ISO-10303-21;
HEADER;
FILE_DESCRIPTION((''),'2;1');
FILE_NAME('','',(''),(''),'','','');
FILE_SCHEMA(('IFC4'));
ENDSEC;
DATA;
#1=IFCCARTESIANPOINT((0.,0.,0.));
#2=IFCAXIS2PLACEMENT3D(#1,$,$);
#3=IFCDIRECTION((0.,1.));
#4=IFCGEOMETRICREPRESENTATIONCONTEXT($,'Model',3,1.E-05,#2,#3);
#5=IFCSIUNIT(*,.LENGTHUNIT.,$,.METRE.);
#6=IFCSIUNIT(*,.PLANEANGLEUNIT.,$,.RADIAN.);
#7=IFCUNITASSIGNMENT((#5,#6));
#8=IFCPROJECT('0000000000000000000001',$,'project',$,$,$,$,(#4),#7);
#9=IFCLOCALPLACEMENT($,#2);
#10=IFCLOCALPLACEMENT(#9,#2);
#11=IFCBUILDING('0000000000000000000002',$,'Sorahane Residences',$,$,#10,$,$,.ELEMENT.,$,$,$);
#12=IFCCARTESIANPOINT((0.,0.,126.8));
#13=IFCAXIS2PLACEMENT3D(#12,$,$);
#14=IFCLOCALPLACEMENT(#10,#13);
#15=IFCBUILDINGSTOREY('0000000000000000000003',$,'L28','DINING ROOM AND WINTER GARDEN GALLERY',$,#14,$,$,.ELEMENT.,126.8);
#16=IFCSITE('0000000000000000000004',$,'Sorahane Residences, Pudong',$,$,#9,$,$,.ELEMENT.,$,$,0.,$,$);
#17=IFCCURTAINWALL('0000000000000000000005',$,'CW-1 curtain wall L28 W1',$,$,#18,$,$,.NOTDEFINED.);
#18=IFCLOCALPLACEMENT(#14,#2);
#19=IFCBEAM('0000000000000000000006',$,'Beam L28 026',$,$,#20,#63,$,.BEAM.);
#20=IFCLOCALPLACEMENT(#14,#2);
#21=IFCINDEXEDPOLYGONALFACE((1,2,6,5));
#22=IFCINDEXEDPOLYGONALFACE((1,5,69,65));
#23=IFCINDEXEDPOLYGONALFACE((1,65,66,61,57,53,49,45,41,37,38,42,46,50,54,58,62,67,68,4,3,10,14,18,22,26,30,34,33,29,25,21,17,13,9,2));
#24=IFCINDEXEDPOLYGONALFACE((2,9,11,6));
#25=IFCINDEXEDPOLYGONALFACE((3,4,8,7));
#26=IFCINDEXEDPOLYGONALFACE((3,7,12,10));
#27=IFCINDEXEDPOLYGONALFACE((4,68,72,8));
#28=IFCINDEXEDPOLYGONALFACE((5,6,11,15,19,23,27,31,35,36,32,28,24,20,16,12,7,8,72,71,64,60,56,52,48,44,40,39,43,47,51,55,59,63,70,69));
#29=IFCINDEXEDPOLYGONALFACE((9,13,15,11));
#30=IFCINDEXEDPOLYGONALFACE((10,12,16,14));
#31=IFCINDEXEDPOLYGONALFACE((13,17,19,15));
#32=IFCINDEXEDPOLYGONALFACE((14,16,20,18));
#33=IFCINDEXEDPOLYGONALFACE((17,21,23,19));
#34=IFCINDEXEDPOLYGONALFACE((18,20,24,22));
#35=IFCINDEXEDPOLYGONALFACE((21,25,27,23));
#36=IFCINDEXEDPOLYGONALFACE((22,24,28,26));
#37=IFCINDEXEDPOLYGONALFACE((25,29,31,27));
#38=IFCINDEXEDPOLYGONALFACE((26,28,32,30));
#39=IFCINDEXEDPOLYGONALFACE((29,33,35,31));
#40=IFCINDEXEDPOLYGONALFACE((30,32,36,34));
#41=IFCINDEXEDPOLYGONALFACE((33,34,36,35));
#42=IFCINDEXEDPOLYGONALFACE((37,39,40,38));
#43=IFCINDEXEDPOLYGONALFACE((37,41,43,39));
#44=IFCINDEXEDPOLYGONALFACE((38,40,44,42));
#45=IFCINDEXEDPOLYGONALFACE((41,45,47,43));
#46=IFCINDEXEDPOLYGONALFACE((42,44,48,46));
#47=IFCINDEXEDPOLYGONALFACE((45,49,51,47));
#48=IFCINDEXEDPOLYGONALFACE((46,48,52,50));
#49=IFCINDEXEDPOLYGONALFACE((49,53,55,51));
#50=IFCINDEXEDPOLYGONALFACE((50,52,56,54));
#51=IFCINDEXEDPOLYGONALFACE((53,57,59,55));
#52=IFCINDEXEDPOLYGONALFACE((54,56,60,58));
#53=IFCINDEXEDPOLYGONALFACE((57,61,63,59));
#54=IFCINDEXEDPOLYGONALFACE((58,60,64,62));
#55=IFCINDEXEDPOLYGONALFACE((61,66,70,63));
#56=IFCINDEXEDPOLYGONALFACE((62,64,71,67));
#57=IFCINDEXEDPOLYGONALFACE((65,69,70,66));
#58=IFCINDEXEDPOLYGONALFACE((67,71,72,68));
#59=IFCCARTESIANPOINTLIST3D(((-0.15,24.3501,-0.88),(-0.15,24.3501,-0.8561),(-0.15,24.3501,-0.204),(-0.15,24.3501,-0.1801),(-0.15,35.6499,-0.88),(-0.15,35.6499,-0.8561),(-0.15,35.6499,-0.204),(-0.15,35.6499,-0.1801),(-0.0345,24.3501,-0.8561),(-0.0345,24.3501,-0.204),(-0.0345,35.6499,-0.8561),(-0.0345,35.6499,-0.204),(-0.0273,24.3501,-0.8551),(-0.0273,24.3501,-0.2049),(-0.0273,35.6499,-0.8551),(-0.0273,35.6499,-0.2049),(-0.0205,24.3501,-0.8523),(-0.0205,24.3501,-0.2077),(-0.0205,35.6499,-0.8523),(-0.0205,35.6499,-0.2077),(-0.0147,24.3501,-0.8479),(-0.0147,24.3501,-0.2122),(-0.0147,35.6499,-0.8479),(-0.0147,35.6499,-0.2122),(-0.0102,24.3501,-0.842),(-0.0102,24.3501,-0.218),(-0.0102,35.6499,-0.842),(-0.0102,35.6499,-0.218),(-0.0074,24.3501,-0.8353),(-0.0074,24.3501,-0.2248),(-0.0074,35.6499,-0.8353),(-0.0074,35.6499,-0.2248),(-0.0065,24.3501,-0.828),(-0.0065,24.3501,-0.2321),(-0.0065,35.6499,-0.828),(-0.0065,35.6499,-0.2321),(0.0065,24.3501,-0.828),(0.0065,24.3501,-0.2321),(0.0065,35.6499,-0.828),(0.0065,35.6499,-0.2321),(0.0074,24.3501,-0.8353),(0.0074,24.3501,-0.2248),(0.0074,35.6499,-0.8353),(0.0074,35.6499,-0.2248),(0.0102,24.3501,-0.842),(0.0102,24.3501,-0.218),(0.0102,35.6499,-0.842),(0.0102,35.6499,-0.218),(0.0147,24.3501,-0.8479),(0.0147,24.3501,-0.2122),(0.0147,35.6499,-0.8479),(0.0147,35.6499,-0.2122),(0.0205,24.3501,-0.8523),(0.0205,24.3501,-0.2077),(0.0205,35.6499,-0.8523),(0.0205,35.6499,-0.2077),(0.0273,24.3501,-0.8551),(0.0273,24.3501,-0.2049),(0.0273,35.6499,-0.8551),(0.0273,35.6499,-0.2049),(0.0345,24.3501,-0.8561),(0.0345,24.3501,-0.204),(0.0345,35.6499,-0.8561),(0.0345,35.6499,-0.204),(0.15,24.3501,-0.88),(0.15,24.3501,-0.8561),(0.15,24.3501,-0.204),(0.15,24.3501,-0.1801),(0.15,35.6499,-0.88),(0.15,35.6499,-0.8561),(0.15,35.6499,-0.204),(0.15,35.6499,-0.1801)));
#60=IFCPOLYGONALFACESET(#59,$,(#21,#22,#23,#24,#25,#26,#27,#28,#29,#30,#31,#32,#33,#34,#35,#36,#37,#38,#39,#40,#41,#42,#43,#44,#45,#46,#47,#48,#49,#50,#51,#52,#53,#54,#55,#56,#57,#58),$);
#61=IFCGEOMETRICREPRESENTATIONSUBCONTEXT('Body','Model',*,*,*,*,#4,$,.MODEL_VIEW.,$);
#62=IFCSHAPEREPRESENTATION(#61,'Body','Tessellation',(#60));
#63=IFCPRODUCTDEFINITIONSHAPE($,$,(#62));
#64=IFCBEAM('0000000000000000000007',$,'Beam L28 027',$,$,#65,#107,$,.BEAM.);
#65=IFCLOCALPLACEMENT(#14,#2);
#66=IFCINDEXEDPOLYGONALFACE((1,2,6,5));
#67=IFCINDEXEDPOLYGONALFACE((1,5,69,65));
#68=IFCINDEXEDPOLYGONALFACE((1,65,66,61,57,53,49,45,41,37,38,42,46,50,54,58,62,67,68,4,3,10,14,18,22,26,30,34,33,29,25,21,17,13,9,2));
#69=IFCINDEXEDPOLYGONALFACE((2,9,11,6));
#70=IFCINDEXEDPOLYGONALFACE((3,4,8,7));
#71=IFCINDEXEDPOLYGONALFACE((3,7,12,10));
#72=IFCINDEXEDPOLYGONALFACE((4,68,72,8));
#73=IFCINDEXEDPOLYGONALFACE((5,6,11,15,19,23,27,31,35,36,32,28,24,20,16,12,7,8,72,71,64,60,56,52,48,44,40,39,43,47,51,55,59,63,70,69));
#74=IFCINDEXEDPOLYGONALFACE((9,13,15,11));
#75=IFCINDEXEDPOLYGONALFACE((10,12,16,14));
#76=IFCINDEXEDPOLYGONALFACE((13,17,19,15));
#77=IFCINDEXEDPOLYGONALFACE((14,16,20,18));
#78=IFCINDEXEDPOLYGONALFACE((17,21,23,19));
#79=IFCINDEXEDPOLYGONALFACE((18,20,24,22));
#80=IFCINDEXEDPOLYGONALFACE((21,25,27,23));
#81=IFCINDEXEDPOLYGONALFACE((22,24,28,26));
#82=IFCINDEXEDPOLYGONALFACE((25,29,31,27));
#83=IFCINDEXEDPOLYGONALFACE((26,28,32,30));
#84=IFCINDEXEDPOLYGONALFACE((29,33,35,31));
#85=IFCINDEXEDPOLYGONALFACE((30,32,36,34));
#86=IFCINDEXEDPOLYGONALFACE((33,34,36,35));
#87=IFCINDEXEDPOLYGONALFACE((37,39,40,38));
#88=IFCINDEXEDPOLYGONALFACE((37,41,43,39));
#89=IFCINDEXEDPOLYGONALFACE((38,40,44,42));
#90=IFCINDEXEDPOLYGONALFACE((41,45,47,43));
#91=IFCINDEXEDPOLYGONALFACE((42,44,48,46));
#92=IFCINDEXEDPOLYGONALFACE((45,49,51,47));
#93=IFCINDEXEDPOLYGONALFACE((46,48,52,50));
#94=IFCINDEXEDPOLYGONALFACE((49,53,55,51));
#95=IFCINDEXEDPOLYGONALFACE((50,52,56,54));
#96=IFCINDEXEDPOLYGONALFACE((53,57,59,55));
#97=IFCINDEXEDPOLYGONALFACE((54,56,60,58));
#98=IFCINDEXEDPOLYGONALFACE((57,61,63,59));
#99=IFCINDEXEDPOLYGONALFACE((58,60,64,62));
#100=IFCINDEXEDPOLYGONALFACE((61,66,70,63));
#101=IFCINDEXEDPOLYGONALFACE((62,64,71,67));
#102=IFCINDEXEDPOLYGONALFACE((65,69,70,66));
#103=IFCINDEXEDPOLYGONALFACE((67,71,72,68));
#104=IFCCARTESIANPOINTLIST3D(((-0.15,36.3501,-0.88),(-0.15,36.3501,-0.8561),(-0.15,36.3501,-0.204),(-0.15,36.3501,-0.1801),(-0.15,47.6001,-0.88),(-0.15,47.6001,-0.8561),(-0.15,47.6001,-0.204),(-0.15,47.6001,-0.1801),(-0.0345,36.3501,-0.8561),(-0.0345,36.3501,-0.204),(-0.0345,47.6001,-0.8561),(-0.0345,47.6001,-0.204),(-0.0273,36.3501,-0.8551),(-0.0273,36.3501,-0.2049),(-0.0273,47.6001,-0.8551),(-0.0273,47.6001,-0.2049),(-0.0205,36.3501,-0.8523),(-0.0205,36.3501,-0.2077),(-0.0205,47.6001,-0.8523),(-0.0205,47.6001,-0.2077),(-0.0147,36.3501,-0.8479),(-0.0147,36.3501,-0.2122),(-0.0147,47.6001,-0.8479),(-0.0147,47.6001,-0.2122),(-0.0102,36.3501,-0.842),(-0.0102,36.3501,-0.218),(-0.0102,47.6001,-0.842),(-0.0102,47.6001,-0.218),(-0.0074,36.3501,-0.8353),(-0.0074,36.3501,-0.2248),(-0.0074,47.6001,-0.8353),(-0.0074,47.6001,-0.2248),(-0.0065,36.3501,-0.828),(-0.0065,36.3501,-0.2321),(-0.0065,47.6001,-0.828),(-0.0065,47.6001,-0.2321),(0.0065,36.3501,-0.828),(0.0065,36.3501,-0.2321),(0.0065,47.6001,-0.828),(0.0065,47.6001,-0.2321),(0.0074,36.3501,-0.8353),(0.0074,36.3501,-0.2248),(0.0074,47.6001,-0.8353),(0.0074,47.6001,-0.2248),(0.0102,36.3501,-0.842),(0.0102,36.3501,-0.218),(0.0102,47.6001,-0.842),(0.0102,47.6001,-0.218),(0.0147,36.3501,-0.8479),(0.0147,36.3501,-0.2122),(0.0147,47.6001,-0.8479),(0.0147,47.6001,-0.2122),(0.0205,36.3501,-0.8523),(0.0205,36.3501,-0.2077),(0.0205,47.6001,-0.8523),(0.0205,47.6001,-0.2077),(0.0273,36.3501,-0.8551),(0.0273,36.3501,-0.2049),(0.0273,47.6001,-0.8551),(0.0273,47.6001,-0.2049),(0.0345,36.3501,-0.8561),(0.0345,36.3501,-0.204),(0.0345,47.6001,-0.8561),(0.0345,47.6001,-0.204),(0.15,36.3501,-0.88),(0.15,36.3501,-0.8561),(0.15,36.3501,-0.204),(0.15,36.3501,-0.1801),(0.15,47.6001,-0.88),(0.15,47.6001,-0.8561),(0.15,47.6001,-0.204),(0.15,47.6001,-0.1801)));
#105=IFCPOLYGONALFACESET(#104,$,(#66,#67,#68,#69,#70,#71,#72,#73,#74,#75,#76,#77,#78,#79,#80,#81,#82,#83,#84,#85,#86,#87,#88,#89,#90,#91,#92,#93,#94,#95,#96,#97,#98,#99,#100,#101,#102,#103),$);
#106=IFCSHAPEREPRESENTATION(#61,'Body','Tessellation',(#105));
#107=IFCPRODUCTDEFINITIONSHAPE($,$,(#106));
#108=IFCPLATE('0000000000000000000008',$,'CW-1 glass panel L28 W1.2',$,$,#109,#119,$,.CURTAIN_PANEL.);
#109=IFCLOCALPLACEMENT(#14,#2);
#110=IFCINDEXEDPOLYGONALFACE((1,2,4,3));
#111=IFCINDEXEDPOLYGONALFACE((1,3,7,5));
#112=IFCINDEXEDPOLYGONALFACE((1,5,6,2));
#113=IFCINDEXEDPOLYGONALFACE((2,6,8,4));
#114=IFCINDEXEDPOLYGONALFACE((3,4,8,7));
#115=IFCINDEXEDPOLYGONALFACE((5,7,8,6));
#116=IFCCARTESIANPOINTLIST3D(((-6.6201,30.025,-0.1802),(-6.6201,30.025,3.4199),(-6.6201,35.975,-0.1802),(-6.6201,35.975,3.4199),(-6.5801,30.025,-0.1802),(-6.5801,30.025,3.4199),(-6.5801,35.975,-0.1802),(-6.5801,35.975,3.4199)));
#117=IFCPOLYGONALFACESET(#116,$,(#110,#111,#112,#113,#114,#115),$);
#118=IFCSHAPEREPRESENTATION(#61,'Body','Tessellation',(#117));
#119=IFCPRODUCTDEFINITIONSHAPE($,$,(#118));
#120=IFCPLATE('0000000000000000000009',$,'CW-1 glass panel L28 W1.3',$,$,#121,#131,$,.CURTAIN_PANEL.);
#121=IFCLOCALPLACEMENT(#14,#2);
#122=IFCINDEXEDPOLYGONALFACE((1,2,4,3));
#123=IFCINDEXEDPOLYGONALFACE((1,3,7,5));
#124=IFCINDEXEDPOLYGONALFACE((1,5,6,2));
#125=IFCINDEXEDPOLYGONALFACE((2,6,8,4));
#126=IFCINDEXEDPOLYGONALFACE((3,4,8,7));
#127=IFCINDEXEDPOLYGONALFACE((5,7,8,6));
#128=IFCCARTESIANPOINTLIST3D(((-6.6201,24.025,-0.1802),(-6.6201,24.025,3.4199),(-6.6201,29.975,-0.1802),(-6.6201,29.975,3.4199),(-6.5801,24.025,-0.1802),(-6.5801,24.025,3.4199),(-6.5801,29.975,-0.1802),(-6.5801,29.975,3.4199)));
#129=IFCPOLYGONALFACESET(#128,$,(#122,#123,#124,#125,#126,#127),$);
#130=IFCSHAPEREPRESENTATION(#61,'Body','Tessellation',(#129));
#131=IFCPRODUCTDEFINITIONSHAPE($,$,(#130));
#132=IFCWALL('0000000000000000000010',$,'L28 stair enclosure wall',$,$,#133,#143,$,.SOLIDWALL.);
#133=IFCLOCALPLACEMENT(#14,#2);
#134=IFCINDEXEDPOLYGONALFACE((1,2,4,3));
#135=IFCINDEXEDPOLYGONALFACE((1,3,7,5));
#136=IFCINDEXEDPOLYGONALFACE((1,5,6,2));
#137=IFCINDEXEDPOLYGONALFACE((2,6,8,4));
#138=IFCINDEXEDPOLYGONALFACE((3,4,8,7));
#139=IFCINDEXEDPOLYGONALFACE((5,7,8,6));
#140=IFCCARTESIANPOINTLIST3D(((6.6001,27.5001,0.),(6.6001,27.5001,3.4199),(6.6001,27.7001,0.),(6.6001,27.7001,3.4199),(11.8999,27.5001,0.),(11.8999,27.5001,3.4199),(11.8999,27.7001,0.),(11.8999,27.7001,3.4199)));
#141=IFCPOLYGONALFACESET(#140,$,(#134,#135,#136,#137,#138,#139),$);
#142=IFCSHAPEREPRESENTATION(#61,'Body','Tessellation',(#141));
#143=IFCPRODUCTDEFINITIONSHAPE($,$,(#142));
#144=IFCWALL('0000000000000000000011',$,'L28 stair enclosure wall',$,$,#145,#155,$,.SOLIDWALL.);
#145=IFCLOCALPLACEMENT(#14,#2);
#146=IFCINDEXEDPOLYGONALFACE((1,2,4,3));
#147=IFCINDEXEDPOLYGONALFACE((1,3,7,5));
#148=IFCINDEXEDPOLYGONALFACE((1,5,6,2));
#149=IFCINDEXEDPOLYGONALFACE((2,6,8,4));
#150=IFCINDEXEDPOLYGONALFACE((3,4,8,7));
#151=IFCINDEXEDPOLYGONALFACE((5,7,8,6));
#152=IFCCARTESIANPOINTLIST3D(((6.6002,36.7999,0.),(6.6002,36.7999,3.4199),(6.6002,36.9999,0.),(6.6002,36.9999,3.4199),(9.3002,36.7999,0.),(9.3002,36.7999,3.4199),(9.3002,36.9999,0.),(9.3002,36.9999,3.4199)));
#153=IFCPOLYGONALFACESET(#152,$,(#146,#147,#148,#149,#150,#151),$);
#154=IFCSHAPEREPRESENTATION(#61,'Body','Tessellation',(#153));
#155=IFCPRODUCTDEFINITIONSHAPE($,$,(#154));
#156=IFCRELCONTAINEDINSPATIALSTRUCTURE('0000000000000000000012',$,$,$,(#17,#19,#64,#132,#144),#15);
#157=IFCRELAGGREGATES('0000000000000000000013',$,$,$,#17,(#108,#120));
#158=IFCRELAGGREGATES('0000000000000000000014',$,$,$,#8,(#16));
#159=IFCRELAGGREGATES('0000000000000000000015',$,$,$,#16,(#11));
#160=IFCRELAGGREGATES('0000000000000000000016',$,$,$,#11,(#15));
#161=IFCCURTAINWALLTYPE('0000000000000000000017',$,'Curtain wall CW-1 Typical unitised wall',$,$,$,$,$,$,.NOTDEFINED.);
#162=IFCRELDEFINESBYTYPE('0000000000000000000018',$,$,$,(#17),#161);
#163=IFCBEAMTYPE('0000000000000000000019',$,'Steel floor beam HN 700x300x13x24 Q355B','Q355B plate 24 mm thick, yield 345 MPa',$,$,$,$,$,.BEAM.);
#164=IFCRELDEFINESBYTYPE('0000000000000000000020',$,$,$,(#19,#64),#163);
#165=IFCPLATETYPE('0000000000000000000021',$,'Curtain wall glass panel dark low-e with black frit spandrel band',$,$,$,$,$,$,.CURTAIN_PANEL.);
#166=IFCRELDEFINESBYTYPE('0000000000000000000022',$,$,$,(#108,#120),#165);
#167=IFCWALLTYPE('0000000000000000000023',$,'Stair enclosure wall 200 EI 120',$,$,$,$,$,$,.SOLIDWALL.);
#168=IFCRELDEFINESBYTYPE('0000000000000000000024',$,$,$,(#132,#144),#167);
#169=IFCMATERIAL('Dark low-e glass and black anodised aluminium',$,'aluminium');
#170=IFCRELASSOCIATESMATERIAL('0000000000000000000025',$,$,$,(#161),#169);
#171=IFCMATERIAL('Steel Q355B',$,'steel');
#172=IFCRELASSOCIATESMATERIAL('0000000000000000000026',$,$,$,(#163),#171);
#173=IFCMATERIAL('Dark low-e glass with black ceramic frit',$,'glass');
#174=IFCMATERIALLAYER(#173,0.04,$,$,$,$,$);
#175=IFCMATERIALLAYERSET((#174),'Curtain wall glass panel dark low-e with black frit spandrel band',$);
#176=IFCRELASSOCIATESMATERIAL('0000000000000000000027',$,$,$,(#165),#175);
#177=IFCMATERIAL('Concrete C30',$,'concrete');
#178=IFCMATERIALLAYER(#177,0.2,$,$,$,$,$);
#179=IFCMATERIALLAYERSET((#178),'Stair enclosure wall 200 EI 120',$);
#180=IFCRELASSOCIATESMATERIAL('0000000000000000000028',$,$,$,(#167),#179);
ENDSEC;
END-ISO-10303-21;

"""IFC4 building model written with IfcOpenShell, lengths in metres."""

from ifc_helpers import new_model, si_unit, direction, frame, frame_2d, origin, origin_2d, place, context, subcontext, project, spatial, rectangle, i_section, extrude, material, layer, layer_set, material_profile, profile_set, type_object, element, aggregate, save


model = new_model("IFC4")

# Units and contexts
model_context = context("Model", 3, precision=1e-05, world=origin(), true_north=direction((0.0, 1.0)))
body_context = subcontext(model_context, "Body", "Model", "MODEL_VIEW")
ifc_project = project(units=[si_unit("LENGTHUNIT", "METRE"), si_unit("PLANEANGLEUNIT", "RADIAN")], contexts=[model_context])

# Site, building, storey
site_placement = place(None, origin())
site = spatial("IfcSite", under=ifc_project, at=site_placement, Name="Sorahane Residences, Pudong", CompositionType="ELEMENT", RefElevation=0.0)
building_placement = place(site_placement, origin())
building = spatial("IfcBuilding", under=site, at=building_placement, Name="Sorahane Residences", CompositionType="ELEMENT")
storey_placement = place(building_placement, frame((0.0, 0.0, 126.8)))
storey = spatial("IfcBuildingStorey", under=building, at=storey_placement, Name="L28", Description="DINING ROOM AND WINTER GARDEN GALLERY", CompositionType="ELEMENT", Elevation=126.8)

# Curtain wall
ifc_material_1 = material(Name="Dark low-e glass and black anodised aluminium", Category="aluminium")
curtain_wall_type = type_object("IfcCurtainWallType", Name="Curtain wall CW-1 Typical unitised wall", PredefinedType="NOTDEFINED", material=ifc_material_1)
curtain_wall_placement = place(storey_placement, origin())
curtain_wall = element("IfcCurtainWall", 1, at=curtain_wall_placement, inside=storey, type_object=curtain_wall_type, Name="CW-1 curtain wall L28 W1", PredefinedType="NOTDEFINED")

# Beams
ifc_material_2 = material(Name="Steel Q355B", Category="steel")
ifc_material_profile_1 = material_profile(ifc_material_2, i_section(OverallWidth=0.3, OverallDepth=0.7, WebThickness=0.0129, FlangeThickness=0.0239, FilletRadius=0.0281, at=origin_2d()), Name="HN 700x300x13x24")
ifc_profile_set_1 = profile_set([ifc_material_profile_1], Name="Steel Q355B")
beam_type_1 = type_object("IfcBeamType", Name="Steel floor beam HN 700x300x13x24 Q355B", Description="Q355B plate 24 mm thick, yield 345 MPa", PredefinedType="BEAM", material=ifc_profile_set_1)
beam_1_placement = place(storey_placement, frame((0.0, 24.3501, -0.53), z_axis=(0.0, 1.0, 0.0), x_axis=(-1.0, 0.0, 0.0)))
element("IfcBeam", 2, at=beam_1_placement, inside=storey, type_object=beam_type_1, Name="Beam L28 026", PredefinedType="BEAM", context=body_context, shape_type="SweptSolid", body=[
    extrude(i_section(OverallWidth=0.3, OverallDepth=0.7, WebThickness=0.0129, FlangeThickness=0.0239, FilletRadius=0.0281, at=origin_2d()), origin(), (0.0, 0.0, 1.0), 11.2998),
])
beam_2_placement = place(storey_placement, frame((0.0, 36.3501, -0.53), z_axis=(0.0, 1.0, 0.0), x_axis=(-1.0, 0.0, 0.0)))
element("IfcBeam", 3, at=beam_2_placement, inside=storey, type_object=beam_type_1, Name="Beam L28 027", PredefinedType="BEAM", context=body_context, shape_type="SweptSolid", body=[
    extrude(i_section(OverallWidth=0.3, OverallDepth=0.7, WebThickness=0.0129, FlangeThickness=0.0239, FilletRadius=0.0281, at=origin_2d()), origin(), (0.0, 0.0, 1.0), 11.25),
])

# Plates
ifc_material_3 = material(Name="Dark low-e glass with black ceramic frit", Category="glass")
ifc_layer_1 = layer(ifc_material_3, 0.04)
ifc_layer_set_1 = layer_set([ifc_layer_1], Name="Curtain wall glass panel dark low-e with black frit spandrel band")
plate_type = type_object("IfcPlateType", Name="Curtain wall glass panel dark low-e with black frit spandrel band", PredefinedType="CURTAIN_PANEL", material=ifc_layer_set_1)
plate_1_placement = place(storey_placement, frame((-6.6001, 33.0, -0.1802), z_axis=(0.0, 0.0, 1.0), x_axis=(0.0, -1.0, 0.0)))
plate_1 = element("IfcPlate", 4, at=plate_1_placement, type_object=plate_type, Name="CW-1 glass panel L28 W1.2", PredefinedType="CURTAIN_PANEL", context=body_context, shape_type="SweptSolid", body=[
    extrude(rectangle(XDim=5.95, YDim=0.04, at=origin_2d()), origin(), (0.0, 0.0, 1.0), 3.6001),
])
plate_2_placement = place(storey_placement, frame((-6.6001, 27.0, -0.1802), z_axis=(0.0, 0.0, 1.0), x_axis=(0.0, -1.0, 0.0)))
plate_2 = element("IfcPlate", 5, at=plate_2_placement, type_object=plate_type, Name="CW-1 glass panel L28 W1.3", PredefinedType="CURTAIN_PANEL", context=body_context, shape_type="SweptSolid", body=[
    extrude(rectangle(XDim=5.95, YDim=0.04, at=origin_2d()), origin(), (0.0, 0.0, 1.0), 3.6001),
])
aggregate(curtain_wall, [plate_1, plate_2])

# Walls
ifc_material_4 = material(Name="Concrete C30", Category="concrete")
ifc_layer_2 = layer(ifc_material_4, 0.2)
ifc_layer_set_2 = layer_set([ifc_layer_2], Name="Stair enclosure wall 200 EI 120")
wall_type = type_object("IfcWallType", Name="Stair enclosure wall 200 EI 120", PredefinedType="SOLIDWALL", material=ifc_layer_set_2)
wall_1_placement = place(storey_placement, frame((6.6001, 27.6001, 0.0), z_axis=(0.0, 0.0, 1.0), x_axis=(1.0, 0.0, 0.0)))
element("IfcWall", 6, at=wall_1_placement, inside=storey, type_object=wall_type, Name="L28 stair enclosure wall", PredefinedType="SOLIDWALL", context=body_context, shape_type="SweptSolid", body=[
    extrude(rectangle(XDim=5.2998, YDim=0.2, at=frame_2d((2.6499, 0.0))), origin(), (0.0, 0.0, 1.0), 3.4199),
])
wall_2_placement = place(storey_placement, frame((6.6001, 36.8999, 0.0), z_axis=(0.0, 0.0, 1.0), x_axis=(1.0, 0.0, 0.0)))
element("IfcWall", 7, at=wall_2_placement, inside=storey, type_object=wall_type, Name="L28 stair enclosure wall", PredefinedType="SOLIDWALL", context=body_context, shape_type="SweptSolid", body=[
    extrude(rectangle(XDim=2.7, YDim=0.2, at=frame_2d((1.3501, 0.0))), origin(), (0.0, 0.0, 1.0), 3.4199),
])

save(model, "model.ifc")
